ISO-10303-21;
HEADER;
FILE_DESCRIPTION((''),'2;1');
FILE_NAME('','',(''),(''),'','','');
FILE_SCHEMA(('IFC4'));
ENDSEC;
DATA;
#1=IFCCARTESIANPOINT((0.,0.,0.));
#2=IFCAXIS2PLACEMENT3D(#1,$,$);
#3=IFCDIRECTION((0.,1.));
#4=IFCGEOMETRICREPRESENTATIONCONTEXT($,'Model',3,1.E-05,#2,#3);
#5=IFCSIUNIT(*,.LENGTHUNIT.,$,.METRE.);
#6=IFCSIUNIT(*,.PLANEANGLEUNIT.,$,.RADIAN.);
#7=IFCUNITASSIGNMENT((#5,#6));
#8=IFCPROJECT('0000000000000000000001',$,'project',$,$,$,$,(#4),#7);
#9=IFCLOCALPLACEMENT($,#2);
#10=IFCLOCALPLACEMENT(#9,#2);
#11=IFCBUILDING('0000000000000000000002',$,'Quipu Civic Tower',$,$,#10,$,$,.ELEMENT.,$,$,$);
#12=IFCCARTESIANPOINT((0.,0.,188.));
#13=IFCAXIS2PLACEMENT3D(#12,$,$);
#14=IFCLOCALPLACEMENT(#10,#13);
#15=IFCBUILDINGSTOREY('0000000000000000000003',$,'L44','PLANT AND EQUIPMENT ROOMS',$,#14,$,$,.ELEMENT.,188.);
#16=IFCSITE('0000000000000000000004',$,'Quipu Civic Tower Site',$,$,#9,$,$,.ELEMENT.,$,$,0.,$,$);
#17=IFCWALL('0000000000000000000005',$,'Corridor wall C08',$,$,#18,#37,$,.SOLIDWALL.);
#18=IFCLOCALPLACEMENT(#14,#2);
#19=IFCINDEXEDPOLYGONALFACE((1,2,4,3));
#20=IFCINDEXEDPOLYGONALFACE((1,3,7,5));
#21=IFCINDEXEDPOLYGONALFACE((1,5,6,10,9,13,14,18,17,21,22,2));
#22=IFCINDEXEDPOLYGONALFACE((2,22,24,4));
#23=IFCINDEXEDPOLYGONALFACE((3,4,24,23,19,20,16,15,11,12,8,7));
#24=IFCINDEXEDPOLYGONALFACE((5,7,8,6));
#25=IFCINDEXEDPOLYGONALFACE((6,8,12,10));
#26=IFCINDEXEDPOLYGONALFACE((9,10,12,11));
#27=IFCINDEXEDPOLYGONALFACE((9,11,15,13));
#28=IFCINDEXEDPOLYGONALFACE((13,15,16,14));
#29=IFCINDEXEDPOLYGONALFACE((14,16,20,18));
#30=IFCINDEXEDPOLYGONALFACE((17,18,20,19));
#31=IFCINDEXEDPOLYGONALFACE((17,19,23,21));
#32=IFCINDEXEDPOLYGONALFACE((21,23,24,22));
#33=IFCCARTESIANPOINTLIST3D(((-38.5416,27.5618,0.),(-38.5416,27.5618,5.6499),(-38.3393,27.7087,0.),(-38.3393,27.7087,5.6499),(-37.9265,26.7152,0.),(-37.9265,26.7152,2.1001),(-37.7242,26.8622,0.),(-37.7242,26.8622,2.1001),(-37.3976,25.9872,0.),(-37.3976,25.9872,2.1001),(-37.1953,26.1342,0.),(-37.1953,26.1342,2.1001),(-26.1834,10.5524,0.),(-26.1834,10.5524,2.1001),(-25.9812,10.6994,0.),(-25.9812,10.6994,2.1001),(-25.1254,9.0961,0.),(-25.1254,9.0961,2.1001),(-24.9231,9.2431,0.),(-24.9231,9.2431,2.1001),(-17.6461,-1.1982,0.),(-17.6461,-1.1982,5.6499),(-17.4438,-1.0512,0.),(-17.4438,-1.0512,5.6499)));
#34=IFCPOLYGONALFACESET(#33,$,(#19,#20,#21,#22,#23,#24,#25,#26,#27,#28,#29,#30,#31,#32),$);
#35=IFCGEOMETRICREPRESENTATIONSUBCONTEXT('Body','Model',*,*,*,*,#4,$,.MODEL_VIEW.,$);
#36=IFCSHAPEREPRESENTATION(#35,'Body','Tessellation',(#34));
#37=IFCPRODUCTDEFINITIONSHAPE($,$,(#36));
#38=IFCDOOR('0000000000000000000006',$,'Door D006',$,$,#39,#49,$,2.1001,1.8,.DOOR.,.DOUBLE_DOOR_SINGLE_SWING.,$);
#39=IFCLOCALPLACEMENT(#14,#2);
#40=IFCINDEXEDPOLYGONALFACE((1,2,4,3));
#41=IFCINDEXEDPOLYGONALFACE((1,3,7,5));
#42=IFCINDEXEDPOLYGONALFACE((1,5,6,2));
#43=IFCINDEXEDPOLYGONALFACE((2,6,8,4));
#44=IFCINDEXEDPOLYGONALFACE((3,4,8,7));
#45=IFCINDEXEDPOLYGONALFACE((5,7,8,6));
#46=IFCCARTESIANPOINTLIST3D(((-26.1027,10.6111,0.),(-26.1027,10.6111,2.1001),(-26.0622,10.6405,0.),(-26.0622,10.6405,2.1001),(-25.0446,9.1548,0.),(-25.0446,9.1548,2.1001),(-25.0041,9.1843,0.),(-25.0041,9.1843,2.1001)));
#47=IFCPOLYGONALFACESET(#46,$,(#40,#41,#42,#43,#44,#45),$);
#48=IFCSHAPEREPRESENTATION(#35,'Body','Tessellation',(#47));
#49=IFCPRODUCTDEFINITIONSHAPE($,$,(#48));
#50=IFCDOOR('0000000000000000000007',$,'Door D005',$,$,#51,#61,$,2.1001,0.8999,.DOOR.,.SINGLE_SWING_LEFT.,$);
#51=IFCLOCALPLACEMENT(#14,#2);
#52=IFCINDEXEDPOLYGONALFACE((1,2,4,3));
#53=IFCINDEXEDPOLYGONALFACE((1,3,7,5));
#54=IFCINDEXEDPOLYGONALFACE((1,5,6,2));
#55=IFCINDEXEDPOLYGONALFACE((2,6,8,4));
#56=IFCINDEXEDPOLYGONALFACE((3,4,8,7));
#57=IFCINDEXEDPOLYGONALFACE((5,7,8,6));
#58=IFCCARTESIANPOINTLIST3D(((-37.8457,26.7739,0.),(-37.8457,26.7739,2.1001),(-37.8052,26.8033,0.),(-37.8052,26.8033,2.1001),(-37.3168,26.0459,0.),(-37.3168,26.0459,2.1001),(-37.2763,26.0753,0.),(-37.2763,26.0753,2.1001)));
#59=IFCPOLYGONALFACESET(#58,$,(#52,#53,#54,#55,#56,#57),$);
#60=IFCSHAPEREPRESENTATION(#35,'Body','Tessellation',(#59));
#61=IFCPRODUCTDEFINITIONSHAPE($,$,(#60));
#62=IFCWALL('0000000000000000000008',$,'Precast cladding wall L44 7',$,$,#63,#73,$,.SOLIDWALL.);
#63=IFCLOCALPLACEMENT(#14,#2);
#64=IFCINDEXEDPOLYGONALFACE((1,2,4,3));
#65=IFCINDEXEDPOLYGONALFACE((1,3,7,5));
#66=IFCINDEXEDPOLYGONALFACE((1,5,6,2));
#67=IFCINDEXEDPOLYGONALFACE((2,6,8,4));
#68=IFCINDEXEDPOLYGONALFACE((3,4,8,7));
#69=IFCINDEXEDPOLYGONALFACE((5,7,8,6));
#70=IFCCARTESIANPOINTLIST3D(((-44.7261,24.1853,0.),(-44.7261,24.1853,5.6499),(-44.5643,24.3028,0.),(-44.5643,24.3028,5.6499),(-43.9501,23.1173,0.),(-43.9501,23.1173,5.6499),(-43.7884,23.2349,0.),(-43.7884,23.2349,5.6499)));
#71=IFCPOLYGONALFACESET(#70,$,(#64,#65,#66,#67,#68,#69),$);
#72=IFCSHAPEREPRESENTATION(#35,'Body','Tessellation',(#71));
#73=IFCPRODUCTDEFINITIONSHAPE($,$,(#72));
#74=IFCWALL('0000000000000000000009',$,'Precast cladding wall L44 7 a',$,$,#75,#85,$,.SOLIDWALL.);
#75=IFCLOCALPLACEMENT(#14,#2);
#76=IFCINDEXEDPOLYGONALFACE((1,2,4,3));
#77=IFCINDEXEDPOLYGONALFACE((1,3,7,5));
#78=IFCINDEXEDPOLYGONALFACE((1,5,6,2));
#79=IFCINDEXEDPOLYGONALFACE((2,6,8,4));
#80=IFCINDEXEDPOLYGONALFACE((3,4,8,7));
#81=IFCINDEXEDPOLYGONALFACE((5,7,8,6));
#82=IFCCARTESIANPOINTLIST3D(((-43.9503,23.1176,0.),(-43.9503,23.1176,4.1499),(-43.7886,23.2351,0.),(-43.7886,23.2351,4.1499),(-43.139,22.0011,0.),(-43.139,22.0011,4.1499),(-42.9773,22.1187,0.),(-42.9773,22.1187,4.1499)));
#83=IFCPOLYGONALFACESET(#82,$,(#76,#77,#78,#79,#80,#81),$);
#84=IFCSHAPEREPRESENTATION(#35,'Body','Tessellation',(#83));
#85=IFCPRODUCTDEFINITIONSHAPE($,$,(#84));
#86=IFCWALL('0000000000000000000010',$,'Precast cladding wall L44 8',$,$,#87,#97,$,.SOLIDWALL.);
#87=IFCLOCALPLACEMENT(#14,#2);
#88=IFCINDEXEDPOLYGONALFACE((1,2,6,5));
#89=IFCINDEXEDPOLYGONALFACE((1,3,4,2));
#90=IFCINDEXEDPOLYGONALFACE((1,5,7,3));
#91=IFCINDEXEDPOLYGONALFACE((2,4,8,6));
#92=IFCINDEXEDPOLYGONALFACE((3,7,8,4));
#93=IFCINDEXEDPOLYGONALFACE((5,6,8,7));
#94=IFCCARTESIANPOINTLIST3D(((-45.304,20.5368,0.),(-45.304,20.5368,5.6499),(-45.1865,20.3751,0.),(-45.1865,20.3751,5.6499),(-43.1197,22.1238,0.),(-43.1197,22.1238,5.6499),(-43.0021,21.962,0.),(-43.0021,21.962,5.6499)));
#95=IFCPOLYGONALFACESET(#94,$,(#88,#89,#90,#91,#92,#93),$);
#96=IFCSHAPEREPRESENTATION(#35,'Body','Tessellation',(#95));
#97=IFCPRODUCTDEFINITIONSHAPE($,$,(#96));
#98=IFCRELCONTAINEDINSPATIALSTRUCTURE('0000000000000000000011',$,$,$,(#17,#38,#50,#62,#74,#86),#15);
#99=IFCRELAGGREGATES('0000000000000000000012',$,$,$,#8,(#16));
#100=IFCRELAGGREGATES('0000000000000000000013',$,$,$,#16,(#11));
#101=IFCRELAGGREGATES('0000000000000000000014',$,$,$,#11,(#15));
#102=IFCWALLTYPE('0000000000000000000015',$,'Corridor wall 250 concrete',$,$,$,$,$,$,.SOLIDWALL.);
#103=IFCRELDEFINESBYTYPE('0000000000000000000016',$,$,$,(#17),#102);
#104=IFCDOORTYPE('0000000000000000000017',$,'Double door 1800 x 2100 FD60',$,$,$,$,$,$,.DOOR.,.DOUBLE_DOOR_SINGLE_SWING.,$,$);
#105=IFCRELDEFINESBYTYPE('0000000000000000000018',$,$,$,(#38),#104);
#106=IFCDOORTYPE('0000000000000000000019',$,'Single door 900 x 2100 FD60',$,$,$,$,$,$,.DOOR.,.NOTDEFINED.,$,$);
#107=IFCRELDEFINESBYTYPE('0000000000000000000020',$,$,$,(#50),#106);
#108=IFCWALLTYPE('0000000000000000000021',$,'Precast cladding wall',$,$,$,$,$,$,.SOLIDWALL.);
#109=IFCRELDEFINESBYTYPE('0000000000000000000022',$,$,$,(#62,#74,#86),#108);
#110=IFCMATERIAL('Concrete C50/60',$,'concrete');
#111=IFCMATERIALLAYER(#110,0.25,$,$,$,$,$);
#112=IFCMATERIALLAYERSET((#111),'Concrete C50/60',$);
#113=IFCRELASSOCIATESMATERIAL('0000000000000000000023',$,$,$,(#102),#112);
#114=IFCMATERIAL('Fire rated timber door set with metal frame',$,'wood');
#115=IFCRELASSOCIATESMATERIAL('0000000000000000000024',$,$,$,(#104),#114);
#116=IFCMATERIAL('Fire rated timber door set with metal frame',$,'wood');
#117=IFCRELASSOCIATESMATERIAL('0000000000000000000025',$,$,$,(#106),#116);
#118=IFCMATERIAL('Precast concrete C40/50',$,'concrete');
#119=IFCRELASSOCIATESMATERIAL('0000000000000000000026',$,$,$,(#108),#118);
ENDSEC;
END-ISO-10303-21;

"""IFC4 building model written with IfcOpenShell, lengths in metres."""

from ifc_helpers import new_model, si_unit, direction, frame, frame_2d, origin, place, context, subcontext, project, spatial, rectangle, extrude, material, layer, layer_set, type_object, element, fill, save


model = new_model("IFC4")

# Units and contexts
model_context = context("Model", 3, precision=1e-05, world=origin(), true_north=direction((0.0, 1.0)))
body_context = subcontext(model_context, "Body", "Model", "MODEL_VIEW")
ifc_project = project(units=[si_unit("LENGTHUNIT", "METRE"), si_unit("PLANEANGLEUNIT", "RADIAN")], contexts=[model_context])

# Site, building, storey
site_placement = place(None, origin())
site = spatial("IfcSite", under=ifc_project, at=site_placement, Name="Quipu Civic Tower Site", CompositionType="ELEMENT", RefElevation=0.0)
building_placement = place(site_placement, origin())
building = spatial("IfcBuilding", under=site, at=building_placement, Name="Quipu Civic Tower", CompositionType="ELEMENT")
storey_placement = place(building_placement, frame((0.0, 0.0, 188.0)))
storey = spatial("IfcBuildingStorey", under=building, at=storey_placement, Name="L44", Description="PLANT AND EQUIPMENT ROOMS", CompositionType="ELEMENT", Elevation=188.0)

# Shared definitions
ifc_material_1 = material(Name="Concrete C50/60", Category="concrete")
ifc_layer_1 = layer(ifc_material_1, 0.25)
ifc_layer_set_1 = layer_set([ifc_layer_1], Name="Concrete C50/60")
wall_type_1 = type_object("IfcWallType", Name="Corridor wall 250 concrete", PredefinedType="SOLIDWALL", material=ifc_layer_set_1)

# Wall, openings, doors
wall_1_placement = place(storey_placement, frame((-38.4404, 27.6353, 0.0), z_axis=(0.0, 0.0, 1.0), x_axis=(0.587788, -0.809015, 0.0)))
wall_1 = element("IfcWall", 1, at=wall_1_placement, inside=storey, type_object=wall_type_1, Name="Corridor wall C08", PredefinedType="SOLIDWALL", context=body_context, shape_type="SweptSolid", body=[
    extrude(rectangle(XDim=35.5493, YDim=0.25, at=frame_2d((17.7747, 0.0))), origin(), (0.0, 0.0, 1.0), 5.6499),
])
opening_1_placement = place(wall_1_placement, frame((21.0249, 0.0, 0.0)))
opening_1 = element("IfcOpeningElement", 2, at=opening_1_placement, cuts=wall_1, PredefinedType="OPENING", context=body_context, shape_type="SweptSolid", body=[
    extrude(rectangle(XDim=1.8, YDim=2.1001, at=frame_2d((0.8999, 1.05))), frame((0.0, 0.135, 0.0), z_axis=(0.0, -1.0, 0.0), x_axis=(1.0, 0.0, 0.0)), (0.0, 0.0, 1.0), 0.27),
])
opening_2_placement = place(wall_1_placement, frame((1.0464, 0.0, 0.0)))
opening_2 = element("IfcOpeningElement", 3, at=opening_2_placement, cuts=wall_1, PredefinedType="OPENING", context=body_context, shape_type="SweptSolid", body=[
    extrude(rectangle(XDim=0.8999, YDim=2.1001, at=frame_2d((0.45, 1.05))), frame((0.0, 0.135, 0.0), z_axis=(0.0, -1.0, 0.0), x_axis=(1.0, 0.0, 0.0)), (0.0, 0.0, 1.0), 0.27),
])
ifc_material_2 = material(Name="Fire rated timber door set with metal frame", Category="wood")
door_type_1 = type_object("IfcDoorType", Name="Double door 1800 x 2100 FD60", OperationType="DOUBLE_DOOR_SINGLE_SWING", PredefinedType="DOOR", material=ifc_material_2)
door_1_placement = place(opening_1_placement, origin())
door_1 = element("IfcDoor", 4, at=door_1_placement, inside=storey, type_object=door_type_1, Name="Door D006", OperationType="DOUBLE_DOOR_SINGLE_SWING", OverallHeight=2.1001, OverallWidth=1.8, PredefinedType="DOOR", context=body_context, shape_type="SweptSolid", body=[
    extrude(rectangle(XDim=1.8, YDim=2.1001, at=frame_2d((0.8999, 1.05))), frame((0.0, 0.0249, 0.0), z_axis=(0.0, -1.0, 0.0), x_axis=(1.0, 0.0, 0.0)), (0.0, 0.0, 1.0), 0.05),
])
fill(opening_1, door_1)
ifc_material_3 = material(Name="Fire rated timber door set with metal frame", Category="wood")
door_type_2 = type_object("IfcDoorType", Name="Single door 900 x 2100 FD60", OperationType="NOTDEFINED", PredefinedType="DOOR", material=ifc_material_3)
door_2_placement = place(opening_2_placement, origin())
door_2 = element("IfcDoor", 5, at=door_2_placement, inside=storey, type_object=door_type_2, Name="Door D005", OperationType="SINGLE_SWING_LEFT", OverallHeight=2.1001, OverallWidth=0.8999, PredefinedType="DOOR", context=body_context, shape_type="SweptSolid", body=[
    extrude(rectangle(XDim=0.8999, YDim=2.1001, at=frame_2d((0.45, 1.05))), frame((0.0, 0.0249, 0.0), z_axis=(0.0, -1.0, 0.0), x_axis=(1.0, 0.0, 0.0)), (0.0, 0.0, 1.0), 0.05),
])
fill(opening_2, door_2)

# Walls
ifc_material_4 = material(Name="Precast concrete C40/50", Category="concrete")
wall_type_2 = type_object("IfcWallType", Name="Precast cladding wall", PredefinedType="SOLIDWALL", material=ifc_material_4)
wall_2_placement = place(storey_placement, frame((-44.6453, 24.2441, 0.0), z_axis=(0.0, 0.0, 1.0), x_axis=(0.587798, -0.809008, 0.0)))
element("IfcWall", 6, at=wall_2_placement, inside=storey, type_object=wall_type_2, Name="Precast cladding wall L44 7", PredefinedType="SOLIDWALL", context=body_context, shape_type="SweptSolid", body=[
    extrude(rectangle(XDim=1.3201, YDim=0.2, at=frame_2d((0.6602, 0.0))), origin(), (0.0, 0.0, 1.0), 5.6499),
])
wall_3_placement = place(storey_placement, frame((-43.8694, 23.1763, 0.0), z_axis=(0.0, 0.0, 1.0), x_axis=(0.587846, -0.808973, 0.0)))
element("IfcWall", 7, at=wall_3_placement, inside=storey, type_object=wall_type_2, Name="Precast cladding wall L44 7 a", PredefinedType="SOLIDWALL", context=body_context, shape_type="SweptSolid", body=[
    extrude(rectangle(XDim=1.3801, YDim=0.2, at=frame_2d((0.6899, 0.0))), origin(), (0.0, 0.0, 1.0), 4.1499),
])
wall_4_placement = place(storey_placement, frame((-43.0608, 22.043, 0.0), z_axis=(0.0, 0.0, 1.0), x_axis=(-0.809033, -0.587763, 0.0)))
element("IfcWall", 8, at=wall_4_placement, inside=storey, type_object=wall_type_2, Name="Precast cladding wall L44 8", PredefinedType="SOLIDWALL", context=body_context, shape_type="SweptSolid", body=[
    extrude(rectangle(XDim=2.7, YDim=0.2, at=frame_2d((1.3501, 0.0))), origin(), (0.0, 0.0, 1.0), 5.6499),
])

save(model, "model.ifc")
